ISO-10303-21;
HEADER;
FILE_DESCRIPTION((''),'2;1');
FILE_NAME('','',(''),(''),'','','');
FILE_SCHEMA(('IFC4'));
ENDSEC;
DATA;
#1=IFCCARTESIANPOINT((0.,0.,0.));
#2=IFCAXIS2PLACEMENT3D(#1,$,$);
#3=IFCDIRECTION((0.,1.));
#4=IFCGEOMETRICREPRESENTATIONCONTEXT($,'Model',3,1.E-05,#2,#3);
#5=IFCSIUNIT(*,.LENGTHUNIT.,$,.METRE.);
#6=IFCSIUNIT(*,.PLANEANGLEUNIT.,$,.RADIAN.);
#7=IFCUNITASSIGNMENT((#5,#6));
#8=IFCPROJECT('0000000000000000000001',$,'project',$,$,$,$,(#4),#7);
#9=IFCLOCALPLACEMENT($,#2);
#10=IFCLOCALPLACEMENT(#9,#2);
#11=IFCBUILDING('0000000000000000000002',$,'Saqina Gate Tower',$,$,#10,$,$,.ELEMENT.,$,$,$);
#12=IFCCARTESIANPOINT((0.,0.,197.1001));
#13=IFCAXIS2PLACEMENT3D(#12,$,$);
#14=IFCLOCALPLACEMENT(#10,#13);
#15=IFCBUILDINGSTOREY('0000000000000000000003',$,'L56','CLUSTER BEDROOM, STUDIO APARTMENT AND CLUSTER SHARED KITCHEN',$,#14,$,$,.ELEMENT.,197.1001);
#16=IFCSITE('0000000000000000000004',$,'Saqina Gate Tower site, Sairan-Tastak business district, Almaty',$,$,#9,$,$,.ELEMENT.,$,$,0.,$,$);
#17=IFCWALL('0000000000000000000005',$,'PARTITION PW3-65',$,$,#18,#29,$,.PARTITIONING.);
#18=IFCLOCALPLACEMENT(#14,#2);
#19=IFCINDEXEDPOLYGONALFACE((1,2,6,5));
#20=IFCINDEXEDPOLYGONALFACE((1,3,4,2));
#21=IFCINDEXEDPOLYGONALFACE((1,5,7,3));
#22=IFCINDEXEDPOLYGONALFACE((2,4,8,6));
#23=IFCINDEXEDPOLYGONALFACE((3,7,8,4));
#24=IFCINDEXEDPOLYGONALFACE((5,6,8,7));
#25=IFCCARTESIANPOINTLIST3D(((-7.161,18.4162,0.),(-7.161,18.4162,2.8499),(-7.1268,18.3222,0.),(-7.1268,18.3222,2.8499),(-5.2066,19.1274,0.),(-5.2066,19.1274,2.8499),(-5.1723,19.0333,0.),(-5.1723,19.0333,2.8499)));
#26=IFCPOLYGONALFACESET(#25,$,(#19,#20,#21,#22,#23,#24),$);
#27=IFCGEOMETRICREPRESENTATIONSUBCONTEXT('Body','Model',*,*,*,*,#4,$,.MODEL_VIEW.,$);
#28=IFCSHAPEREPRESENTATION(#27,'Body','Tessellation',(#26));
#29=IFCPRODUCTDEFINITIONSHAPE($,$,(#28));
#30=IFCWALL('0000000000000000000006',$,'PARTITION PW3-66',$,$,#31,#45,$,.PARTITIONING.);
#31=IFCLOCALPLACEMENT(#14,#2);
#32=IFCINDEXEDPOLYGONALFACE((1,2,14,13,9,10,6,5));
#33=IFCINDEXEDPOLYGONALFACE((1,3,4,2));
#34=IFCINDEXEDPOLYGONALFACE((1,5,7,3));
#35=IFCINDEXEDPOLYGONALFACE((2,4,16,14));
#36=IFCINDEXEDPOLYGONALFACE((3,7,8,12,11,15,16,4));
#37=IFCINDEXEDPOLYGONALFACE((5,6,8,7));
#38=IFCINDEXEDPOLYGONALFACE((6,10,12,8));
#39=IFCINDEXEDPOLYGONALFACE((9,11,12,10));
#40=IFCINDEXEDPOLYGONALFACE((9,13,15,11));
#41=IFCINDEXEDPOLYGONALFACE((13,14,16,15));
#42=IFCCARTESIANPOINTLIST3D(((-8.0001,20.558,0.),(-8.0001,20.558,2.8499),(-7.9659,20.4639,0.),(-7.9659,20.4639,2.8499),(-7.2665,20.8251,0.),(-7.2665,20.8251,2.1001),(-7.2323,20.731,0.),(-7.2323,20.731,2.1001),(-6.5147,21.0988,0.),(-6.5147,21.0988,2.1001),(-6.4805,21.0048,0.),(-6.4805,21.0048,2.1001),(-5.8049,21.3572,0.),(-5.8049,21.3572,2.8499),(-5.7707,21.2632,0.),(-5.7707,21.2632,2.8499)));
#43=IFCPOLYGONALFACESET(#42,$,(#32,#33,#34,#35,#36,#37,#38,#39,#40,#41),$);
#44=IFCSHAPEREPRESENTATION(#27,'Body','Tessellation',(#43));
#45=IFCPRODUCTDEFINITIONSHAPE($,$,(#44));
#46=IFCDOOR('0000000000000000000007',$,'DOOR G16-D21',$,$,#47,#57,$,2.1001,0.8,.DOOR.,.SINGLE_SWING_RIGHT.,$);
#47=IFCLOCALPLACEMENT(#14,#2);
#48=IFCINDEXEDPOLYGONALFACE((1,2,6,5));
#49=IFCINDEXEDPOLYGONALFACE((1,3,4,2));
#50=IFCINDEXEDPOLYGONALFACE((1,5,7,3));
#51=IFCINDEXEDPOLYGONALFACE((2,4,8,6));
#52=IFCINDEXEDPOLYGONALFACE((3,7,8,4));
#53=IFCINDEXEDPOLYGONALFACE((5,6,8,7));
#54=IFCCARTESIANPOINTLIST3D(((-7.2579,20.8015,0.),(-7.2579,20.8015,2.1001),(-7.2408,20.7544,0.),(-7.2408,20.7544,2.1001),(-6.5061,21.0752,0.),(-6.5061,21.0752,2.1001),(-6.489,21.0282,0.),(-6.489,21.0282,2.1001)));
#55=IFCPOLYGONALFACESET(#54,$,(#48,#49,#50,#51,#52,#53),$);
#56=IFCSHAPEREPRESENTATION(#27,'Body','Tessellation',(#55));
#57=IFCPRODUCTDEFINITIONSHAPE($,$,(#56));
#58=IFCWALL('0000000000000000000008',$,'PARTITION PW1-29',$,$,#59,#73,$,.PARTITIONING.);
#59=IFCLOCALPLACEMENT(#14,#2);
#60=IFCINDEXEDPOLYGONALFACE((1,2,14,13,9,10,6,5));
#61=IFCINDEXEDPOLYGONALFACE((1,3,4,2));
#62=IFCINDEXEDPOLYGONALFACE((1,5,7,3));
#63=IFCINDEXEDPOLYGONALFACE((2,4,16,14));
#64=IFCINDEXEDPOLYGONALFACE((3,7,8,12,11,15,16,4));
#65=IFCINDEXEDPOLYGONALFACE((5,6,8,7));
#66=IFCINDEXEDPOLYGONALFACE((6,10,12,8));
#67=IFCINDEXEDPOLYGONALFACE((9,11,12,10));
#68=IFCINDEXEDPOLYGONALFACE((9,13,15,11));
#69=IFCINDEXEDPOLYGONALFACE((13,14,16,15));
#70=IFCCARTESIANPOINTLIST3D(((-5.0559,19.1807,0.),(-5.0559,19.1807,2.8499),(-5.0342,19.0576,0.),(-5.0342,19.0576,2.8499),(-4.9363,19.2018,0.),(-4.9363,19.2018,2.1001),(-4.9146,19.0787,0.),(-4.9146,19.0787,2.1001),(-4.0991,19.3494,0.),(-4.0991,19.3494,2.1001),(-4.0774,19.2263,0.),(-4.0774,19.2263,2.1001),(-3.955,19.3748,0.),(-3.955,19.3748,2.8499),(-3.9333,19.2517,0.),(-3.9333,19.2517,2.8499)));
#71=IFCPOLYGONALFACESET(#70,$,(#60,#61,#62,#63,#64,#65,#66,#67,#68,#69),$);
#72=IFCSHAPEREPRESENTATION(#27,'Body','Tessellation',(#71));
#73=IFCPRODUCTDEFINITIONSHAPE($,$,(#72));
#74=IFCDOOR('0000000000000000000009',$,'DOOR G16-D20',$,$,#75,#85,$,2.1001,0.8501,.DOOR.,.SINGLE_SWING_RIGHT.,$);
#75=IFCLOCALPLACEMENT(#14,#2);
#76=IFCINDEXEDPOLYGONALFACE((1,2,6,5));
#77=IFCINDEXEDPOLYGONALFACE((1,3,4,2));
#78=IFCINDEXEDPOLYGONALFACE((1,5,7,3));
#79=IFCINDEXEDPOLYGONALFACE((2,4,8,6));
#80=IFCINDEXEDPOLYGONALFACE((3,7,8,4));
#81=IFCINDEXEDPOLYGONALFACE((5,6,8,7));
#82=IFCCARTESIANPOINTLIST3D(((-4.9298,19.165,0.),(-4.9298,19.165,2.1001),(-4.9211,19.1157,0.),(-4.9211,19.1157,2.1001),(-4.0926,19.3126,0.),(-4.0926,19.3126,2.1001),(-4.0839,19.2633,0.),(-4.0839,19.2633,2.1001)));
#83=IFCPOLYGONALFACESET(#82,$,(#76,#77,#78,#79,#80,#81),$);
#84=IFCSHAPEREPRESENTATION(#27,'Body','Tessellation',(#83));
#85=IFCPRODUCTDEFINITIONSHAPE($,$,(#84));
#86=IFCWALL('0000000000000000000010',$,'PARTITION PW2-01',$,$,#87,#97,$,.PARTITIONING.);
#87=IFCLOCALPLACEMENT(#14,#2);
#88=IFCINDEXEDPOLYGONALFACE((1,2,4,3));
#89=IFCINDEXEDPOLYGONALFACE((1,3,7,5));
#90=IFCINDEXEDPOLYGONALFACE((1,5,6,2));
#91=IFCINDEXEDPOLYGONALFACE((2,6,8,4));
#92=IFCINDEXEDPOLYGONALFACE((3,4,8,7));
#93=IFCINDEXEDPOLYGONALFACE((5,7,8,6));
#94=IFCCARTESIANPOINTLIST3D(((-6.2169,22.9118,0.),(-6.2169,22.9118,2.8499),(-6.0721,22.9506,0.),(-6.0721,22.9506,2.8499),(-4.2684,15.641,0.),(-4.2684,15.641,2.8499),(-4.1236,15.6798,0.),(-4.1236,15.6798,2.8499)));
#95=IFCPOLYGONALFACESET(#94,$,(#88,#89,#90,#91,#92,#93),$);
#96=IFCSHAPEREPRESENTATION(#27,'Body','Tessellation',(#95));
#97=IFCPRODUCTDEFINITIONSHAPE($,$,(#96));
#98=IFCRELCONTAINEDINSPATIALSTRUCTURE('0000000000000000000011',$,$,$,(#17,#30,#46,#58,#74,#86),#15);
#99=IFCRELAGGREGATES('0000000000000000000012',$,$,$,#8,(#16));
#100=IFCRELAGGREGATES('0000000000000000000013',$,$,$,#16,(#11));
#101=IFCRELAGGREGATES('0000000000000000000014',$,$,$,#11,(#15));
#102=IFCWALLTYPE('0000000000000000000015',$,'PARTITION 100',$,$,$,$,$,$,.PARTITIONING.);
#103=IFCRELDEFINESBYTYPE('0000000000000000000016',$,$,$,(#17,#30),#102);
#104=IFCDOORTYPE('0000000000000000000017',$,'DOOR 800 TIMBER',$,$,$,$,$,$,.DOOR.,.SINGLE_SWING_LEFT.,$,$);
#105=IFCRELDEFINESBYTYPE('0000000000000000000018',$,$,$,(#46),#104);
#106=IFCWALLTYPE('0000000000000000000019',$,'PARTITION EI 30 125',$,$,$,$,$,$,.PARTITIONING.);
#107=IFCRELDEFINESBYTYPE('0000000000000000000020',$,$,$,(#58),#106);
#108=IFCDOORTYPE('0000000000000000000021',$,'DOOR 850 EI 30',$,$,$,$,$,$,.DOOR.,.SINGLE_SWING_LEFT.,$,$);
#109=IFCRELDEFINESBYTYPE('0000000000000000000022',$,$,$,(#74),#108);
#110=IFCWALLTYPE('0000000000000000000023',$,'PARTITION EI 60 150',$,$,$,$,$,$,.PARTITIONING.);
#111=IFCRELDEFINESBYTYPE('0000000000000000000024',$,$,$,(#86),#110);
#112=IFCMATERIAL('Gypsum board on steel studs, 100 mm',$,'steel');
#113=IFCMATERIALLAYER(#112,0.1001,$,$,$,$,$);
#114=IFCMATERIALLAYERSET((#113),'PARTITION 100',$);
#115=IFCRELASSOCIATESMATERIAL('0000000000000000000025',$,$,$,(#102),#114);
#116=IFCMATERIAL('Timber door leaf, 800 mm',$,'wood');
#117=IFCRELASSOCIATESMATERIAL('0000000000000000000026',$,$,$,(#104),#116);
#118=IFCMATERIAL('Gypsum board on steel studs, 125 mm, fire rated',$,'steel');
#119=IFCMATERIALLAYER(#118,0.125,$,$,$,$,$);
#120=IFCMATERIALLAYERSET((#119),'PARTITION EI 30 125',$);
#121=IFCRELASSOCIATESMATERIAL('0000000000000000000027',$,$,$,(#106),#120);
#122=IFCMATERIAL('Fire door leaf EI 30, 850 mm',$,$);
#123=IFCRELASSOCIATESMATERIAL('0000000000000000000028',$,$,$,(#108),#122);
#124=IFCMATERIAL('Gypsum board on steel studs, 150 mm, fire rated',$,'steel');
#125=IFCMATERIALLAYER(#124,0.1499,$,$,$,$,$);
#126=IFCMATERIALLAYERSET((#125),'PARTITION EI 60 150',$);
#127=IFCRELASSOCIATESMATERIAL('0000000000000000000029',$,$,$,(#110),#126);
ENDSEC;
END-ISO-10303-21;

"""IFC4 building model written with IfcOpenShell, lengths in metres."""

from ifc_helpers import new_model, si_unit, direction, frame, frame_2d, origin, place, context, subcontext, project, spatial, rectangle, extrude, material, layer, layer_set, type_object, element, fill, save


model = new_model("IFC4")

# Units and contexts
model_context = context("Model", 3, precision=1e-05, world=origin(), true_north=direction((0.0, 1.0)))
body_context = subcontext(model_context, "Body", "Model", "MODEL_VIEW")
ifc_project = project(units=[si_unit("LENGTHUNIT", "METRE"), si_unit("PLANEANGLEUNIT", "RADIAN")], contexts=[model_context])

# Site, building, storey
site_placement = place(None, origin())
site = spatial("IfcSite", under=ifc_project, at=site_placement, Name="Saqina Gate Tower site, Sairan-Tastak business district, Almaty", CompositionType="ELEMENT", RefElevation=0.0)
building_placement = place(site_placement, origin())
building = spatial("IfcBuilding", under=site, at=building_placement, Name="Saqina Gate Tower", CompositionType="ELEMENT")
storey_placement = place(building_placement, frame((0.0, 0.0, 197.1001)))
storey = spatial("IfcBuildingStorey", under=building, at=storey_placement, Name="L56", Description="CLUSTER BEDROOM, STUDIO APARTMENT AND CLUSTER SHARED KITCHEN", CompositionType="ELEMENT", Elevation=197.1001)

# Shared definitions
ifc_material_1 = material(Name="Gypsum board on steel studs, 100 mm", Category="steel")
ifc_layer_1 = layer(ifc_material_1, 0.1001)
ifc_layer_set_1 = layer_set([ifc_layer_1], Name="PARTITION 100")
wall_type_1 = type_object("IfcWallType", Name="PARTITION 100", PredefinedType="PARTITIONING", material=ifc_layer_set_1)

# Shared definitions
ifc_material_2 = material(Name="Timber door leaf, 800 mm", Category="wood")
door_type_1 = type_object("IfcDoorType", Name="DOOR 800 TIMBER", OperationType="SINGLE_SWING_LEFT", PredefinedType="DOOR", material=ifc_material_2)

# Wall
wall_1_placement = place(storey_placement, frame((-7.144, 18.3691, 0.0), z_axis=(0.0, 0.0, 1.0), x_axis=(0.939728, 0.341922, 0.0)))
element("IfcWall", 1, at=wall_1_placement, inside=storey, type_object=wall_type_1, Name="PARTITION PW3-65", PredefinedType="PARTITIONING", context=body_context, shape_type="SweptSolid", body=[
    extrude(rectangle(XDim=2.0798, YDim=0.1001, at=frame_2d((1.04, 0.0))), origin(), (0.0, 0.0, 1.0), 2.8499),
])

# Walls, openings, doors
wall_2_placement = place(storey_placement, frame((-7.9829, 20.511, 0.0), z_axis=(0.0, 0.0, 1.0), x_axis=(0.939653, 0.342129, 0.0)))
wall_2 = element("IfcWall", 2, at=wall_2_placement, inside=storey, type_object=wall_type_1, Name="PARTITION PW3-66", PredefinedType="PARTITIONING", context=body_context, shape_type="SweptSolid", body=[
    extrude(rectangle(XDim=2.3362, YDim=0.1001, at=frame_2d((1.168, 0.0))), origin(), (0.0, 0.0, 1.0), 2.8499),
])
opening_1_placement = place(wall_2_placement, frame((0.7808, 0.0, 0.0)))
opening_1 = element("IfcOpeningElement", 3, at=opening_1_placement, cuts=wall_2, PredefinedType="OPENING", context=body_context, shape_type="SweptSolid", body=[
    extrude(rectangle(XDim=0.8, YDim=2.1001, at=frame_2d((0.3999, 1.05))), frame((0.0, 0.062, 0.0), z_axis=(0.0, -1.0, 0.0), x_axis=(1.0, 0.0, 0.0)), (0.0, 0.0, 1.0), 0.124),
])
door_1_placement = place(opening_1_placement, origin())
door_1 = element("IfcDoor", 4, at=door_1_placement, inside=storey, type_object=door_type_1, Name="DOOR G16-D21", OperationType="SINGLE_SWING_RIGHT", OverallHeight=2.1001, OverallWidth=0.8, PredefinedType="DOOR", context=body_context, shape_type="SweptSolid", body=[
    extrude(rectangle(XDim=0.8, YDim=2.1001, at=frame_2d((0.3999, 1.05))), frame((0.0, 0.0249, 0.0), z_axis=(0.0, -1.0, 0.0), x_axis=(1.0, 0.0, 0.0)), (0.0, 0.0, 1.0), 0.05),
])
fill(opening_1, door_1)
ifc_material_3 = material(Name="Gypsum board on steel studs, 125 mm, fire rated", Category="steel")
ifc_layer_2 = layer(ifc_material_3, 0.125)
ifc_layer_set_2 = layer_set([ifc_layer_2], Name="PARTITION EI 30 125")
wall_type_2 = type_object("IfcWallType", Name="PARTITION EI 30 125", PredefinedType="PARTITIONING", material=ifc_layer_set_2)
wall_3_placement = place(storey_placement, frame((-5.0452, 19.1191, 0.0), z_axis=(0.0, 0.0, 1.0), x_axis=(0.98481, 0.173636, 0.0)))
wall_3 = element("IfcWall", 5, at=wall_3_placement, inside=storey, type_object=wall_type_2, Name="PARTITION PW1-29", PredefinedType="PARTITIONING", context=body_context, shape_type="SweptSolid", body=[
    extrude(rectangle(XDim=1.1179, YDim=0.125, at=frame_2d((0.5591, 0.0))), origin(), (0.0, 0.0, 1.0), 2.8499),
])
opening_2_placement = place(wall_3_placement, frame((0.1216, 0.0, 0.0)))
opening_2 = element("IfcOpeningElement", 6, at=opening_2_placement, cuts=wall_3, PredefinedType="OPENING", context=body_context, shape_type="SweptSolid", body=[
    extrude(rectangle(XDim=0.8501, YDim=2.1001, at=frame_2d((0.425, 1.05))), frame((0.0, 0.0745, 0.0), z_axis=(0.0, -1.0, 0.0), x_axis=(1.0, 0.0, 0.0)), (0.0, 0.0, 1.0), 0.1489),
])
ifc_material_4 = material(Name="Fire door leaf EI 30, 850 mm")
door_type_2 = type_object("IfcDoorType", Name="DOOR 850 EI 30", OperationType="SINGLE_SWING_LEFT", PredefinedType="DOOR", material=ifc_material_4)
door_2_placement = place(opening_2_placement, frame((0.8501, 0.0, 0.0), z_axis=(0.0, 0.0, 1.0), x_axis=(-1.0, 0.0, 0.0)))
door_2 = element("IfcDoor", 7, at=door_2_placement, inside=storey, type_object=door_type_2, Name="DOOR G16-D20", OperationType="SINGLE_SWING_RIGHT", OverallHeight=2.1001, OverallWidth=0.8501, PredefinedType="DOOR", context=body_context, shape_type="SweptSolid", body=[
    extrude(rectangle(XDim=0.8501, YDim=2.1001, at=frame_2d((0.425, 1.05))), frame((0.0, 0.0249, 0.0), z_axis=(0.0, -1.0, 0.0), x_axis=(1.0, 0.0, 0.0)), (0.0, 0.0, 1.0), 0.05),
])
fill(opening_2, door_2)

# Wall
ifc_material_5 = material(Name="Gypsum board on steel studs, 150 mm, fire rated", Category="steel")
ifc_layer_3 = layer(ifc_material_5, 0.1499)
ifc_layer_set_3 = layer_set([ifc_layer_3], Name="PARTITION EI 60 150")
wall_type_3 = type_object("IfcWallType", Name="PARTITION EI 60 150", PredefinedType="PARTITIONING", material=ifc_layer_set_3)
wall_4_placement = place(storey_placement, frame((-6.1445, 22.9312, 0.0), z_axis=(0.0, 0.0, 1.0), x_axis=(0.258856, -0.965916, 0.0)))
element("IfcWall", 8, at=wall_4_placement, inside=storey, type_object=wall_type_3, Name="PARTITION PW2-01", PredefinedType="PARTITIONING", context=body_context, shape_type="SweptSolid", body=[
    extrude(rectangle(XDim=7.5273, YDim=0.1499, at=frame_2d((3.7637, 0.0))), origin(), (0.0, 0.0, 1.0), 2.8499),
])

save(model, "model.ifc")
